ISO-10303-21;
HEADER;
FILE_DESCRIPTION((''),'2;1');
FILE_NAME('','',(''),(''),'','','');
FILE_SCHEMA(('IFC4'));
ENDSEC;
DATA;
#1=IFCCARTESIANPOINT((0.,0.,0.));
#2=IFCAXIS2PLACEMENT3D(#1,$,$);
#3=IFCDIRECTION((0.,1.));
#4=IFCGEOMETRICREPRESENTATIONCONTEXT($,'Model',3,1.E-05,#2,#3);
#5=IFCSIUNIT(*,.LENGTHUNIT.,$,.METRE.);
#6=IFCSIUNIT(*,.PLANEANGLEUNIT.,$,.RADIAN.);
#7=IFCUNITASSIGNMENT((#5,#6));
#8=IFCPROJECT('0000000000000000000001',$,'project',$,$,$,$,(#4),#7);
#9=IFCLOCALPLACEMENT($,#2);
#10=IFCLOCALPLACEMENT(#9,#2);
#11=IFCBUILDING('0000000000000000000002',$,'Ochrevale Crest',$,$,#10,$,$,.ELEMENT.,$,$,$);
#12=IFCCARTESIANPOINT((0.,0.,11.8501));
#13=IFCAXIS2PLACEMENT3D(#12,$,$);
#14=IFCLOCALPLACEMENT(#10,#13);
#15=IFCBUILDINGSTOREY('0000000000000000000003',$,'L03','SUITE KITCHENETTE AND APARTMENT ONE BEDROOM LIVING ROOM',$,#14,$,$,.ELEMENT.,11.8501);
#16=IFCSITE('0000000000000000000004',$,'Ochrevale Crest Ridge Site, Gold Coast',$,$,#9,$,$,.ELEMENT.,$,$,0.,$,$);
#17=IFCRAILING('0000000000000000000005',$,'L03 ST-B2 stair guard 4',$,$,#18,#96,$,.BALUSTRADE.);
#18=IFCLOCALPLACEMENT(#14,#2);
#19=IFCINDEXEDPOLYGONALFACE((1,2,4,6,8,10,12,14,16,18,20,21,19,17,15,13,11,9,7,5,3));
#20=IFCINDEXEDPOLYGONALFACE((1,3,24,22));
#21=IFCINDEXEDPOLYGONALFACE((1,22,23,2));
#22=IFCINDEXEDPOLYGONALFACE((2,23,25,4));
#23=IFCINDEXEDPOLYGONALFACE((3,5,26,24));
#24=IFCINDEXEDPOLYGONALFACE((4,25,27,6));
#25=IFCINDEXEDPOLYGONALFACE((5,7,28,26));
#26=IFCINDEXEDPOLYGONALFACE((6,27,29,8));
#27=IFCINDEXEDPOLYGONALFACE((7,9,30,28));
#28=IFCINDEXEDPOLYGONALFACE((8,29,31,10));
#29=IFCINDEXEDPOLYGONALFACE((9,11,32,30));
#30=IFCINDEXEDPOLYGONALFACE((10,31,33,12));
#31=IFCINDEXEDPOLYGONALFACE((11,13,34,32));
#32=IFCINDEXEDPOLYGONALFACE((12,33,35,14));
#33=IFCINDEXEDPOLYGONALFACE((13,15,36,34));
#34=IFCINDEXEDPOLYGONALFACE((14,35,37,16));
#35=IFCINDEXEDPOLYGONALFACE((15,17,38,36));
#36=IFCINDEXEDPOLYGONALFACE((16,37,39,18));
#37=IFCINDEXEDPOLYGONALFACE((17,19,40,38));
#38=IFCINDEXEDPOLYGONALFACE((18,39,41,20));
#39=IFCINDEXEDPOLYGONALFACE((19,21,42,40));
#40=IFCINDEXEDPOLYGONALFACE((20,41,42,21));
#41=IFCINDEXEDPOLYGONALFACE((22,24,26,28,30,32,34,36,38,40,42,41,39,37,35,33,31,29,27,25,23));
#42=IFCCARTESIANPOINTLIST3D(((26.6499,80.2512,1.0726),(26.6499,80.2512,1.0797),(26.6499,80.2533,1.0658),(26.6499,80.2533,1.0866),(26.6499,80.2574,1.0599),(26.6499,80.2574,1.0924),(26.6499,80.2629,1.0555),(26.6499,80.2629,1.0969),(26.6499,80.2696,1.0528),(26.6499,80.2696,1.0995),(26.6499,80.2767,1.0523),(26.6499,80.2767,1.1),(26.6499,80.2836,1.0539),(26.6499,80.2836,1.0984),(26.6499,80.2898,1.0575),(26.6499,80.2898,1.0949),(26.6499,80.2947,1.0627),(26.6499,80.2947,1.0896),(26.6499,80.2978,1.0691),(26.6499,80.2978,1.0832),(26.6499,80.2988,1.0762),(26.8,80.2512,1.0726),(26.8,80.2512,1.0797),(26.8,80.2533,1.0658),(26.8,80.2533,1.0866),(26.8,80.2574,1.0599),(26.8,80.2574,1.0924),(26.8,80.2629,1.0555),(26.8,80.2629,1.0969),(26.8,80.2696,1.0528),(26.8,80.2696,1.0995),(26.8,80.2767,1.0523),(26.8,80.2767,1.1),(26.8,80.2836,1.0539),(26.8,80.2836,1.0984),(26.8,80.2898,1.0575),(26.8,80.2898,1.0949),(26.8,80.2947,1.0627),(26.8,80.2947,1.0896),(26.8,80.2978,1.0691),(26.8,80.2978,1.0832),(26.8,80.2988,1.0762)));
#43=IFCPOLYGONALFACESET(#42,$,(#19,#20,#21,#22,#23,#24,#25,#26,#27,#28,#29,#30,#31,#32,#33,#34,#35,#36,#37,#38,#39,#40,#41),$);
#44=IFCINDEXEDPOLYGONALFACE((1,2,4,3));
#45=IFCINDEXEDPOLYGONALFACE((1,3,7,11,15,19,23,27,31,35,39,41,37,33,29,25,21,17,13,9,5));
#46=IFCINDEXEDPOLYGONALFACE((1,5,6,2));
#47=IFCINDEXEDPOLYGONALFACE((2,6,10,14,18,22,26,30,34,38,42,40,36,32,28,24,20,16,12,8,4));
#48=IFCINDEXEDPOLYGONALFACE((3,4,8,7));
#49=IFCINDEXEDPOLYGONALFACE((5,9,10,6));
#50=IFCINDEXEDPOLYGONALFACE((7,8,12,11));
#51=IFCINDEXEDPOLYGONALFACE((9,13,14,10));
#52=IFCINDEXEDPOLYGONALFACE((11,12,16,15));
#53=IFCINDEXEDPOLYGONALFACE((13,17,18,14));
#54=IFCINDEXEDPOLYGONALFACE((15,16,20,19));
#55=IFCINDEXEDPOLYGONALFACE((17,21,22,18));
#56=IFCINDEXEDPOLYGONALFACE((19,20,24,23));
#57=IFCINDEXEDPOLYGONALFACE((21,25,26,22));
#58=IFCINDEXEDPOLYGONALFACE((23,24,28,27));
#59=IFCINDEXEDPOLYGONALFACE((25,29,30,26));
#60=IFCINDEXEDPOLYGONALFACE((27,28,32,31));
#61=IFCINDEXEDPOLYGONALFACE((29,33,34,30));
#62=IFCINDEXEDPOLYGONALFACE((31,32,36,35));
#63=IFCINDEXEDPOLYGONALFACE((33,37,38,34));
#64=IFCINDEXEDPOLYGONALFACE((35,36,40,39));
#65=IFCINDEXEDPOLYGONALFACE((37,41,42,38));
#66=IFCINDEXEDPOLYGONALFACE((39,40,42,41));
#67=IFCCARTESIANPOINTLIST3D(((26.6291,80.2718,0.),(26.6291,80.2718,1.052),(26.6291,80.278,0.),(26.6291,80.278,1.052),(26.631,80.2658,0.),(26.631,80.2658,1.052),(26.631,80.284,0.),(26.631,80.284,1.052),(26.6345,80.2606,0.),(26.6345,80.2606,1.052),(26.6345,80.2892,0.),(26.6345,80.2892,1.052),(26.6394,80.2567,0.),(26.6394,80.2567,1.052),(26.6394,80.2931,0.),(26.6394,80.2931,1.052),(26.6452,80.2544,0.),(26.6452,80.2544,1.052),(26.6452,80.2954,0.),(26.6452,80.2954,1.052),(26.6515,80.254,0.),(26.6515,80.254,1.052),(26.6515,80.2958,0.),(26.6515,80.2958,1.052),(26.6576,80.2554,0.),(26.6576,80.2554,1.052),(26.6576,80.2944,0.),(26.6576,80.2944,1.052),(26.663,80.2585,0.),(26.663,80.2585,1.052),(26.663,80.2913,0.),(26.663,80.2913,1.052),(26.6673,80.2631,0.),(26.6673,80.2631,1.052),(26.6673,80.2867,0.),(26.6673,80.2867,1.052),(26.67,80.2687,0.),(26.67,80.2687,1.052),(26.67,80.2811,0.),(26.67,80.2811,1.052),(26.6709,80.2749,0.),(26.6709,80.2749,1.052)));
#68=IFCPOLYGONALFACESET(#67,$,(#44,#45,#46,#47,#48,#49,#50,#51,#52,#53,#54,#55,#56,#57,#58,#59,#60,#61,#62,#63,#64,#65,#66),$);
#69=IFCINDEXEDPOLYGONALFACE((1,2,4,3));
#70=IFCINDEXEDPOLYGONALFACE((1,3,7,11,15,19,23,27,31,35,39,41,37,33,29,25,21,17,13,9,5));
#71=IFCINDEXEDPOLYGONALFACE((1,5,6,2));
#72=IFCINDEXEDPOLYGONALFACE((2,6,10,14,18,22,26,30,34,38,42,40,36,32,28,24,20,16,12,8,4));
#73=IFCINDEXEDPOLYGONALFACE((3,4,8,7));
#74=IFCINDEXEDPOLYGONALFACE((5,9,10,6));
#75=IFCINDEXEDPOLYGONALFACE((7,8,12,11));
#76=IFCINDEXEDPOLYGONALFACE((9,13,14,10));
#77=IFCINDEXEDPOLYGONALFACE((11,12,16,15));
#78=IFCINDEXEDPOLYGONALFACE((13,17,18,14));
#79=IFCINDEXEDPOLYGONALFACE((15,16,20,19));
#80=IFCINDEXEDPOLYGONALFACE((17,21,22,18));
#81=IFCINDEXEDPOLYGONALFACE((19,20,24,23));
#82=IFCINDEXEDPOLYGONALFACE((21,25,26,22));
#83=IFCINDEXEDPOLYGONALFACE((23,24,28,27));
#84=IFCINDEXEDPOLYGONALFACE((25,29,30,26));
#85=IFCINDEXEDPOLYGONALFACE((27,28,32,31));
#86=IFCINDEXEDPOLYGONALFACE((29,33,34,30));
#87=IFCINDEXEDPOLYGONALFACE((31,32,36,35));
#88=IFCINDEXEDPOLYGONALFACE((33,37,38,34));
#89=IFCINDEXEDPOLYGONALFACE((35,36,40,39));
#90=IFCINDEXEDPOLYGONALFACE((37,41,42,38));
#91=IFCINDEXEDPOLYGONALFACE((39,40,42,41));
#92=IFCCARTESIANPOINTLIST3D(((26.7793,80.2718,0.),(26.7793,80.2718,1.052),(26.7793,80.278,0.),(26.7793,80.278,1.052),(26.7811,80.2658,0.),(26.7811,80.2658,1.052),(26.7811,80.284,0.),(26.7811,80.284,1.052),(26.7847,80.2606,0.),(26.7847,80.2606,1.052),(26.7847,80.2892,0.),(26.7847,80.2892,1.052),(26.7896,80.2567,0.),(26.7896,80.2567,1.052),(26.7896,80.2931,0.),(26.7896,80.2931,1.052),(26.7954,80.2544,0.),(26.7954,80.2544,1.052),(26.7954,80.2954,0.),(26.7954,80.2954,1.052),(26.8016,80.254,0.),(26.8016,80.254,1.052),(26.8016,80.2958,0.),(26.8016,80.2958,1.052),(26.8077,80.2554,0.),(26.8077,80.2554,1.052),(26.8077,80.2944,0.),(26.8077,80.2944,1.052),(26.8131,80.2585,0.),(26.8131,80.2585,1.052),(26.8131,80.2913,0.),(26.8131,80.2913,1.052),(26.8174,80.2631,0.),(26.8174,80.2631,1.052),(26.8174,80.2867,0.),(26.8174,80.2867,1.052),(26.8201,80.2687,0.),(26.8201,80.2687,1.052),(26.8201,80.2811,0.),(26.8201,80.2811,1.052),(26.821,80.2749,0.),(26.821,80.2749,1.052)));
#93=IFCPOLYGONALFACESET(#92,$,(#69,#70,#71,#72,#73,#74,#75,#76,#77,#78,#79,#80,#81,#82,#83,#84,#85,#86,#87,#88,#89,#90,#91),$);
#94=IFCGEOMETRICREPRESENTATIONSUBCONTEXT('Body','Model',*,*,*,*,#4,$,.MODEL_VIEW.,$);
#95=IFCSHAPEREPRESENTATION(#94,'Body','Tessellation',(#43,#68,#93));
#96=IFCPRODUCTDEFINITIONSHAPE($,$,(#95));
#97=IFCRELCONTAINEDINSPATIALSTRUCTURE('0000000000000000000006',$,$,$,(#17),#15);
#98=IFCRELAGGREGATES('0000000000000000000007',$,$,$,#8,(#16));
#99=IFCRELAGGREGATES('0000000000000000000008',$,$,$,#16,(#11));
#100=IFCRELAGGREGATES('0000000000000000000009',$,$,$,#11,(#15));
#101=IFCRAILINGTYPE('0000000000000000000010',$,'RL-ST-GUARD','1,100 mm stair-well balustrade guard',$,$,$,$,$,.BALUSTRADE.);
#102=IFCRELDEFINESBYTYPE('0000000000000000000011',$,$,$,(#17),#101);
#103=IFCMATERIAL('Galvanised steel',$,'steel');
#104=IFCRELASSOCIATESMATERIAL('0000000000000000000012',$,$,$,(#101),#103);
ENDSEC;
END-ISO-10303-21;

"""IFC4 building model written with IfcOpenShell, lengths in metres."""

from ifc_helpers import new_model, si_unit, direction, frame, origin, origin_2d, place, context, subcontext, project, spatial, circle, extrude, material, type_object, element, save


model = new_model("IFC4")

# Units and contexts
model_context = context("Model", 3, precision=1e-05, world=origin(), true_north=direction((0.0, 1.0)))
body_context = subcontext(model_context, "Body", "Model", "MODEL_VIEW")
ifc_project = project(units=[si_unit("LENGTHUNIT", "METRE"), si_unit("PLANEANGLEUNIT", "RADIAN")], contexts=[model_context])

# Site, building, storey
site_placement = place(None, origin())
site = spatial("IfcSite", under=ifc_project, at=site_placement, Name="Ochrevale Crest Ridge Site, Gold Coast", CompositionType="ELEMENT", RefElevation=0.0)
building_placement = place(site_placement, origin())
building = spatial("IfcBuilding", under=site, at=building_placement, Name="Ochrevale Crest", CompositionType="ELEMENT")
storey_placement = place(building_placement, frame((0.0, 0.0, 11.8501)))
storey = spatial("IfcBuildingStorey", under=building, at=storey_placement, Name="L03", Description="SUITE KITCHENETTE AND APARTMENT ONE BEDROOM LIVING ROOM", CompositionType="ELEMENT", Elevation=11.8501)

# Railing
ifc_material_1 = material(Name="Galvanised steel", Category="steel")
railing_type_1 = type_object("IfcRailingType", Name="RL-ST-GUARD", Description="1,100 mm stair-well balustrade guard", PredefinedType="BALUSTRADE", material=ifc_material_1)
railing_1_placement = place(storey_placement, frame((26.6499, 80.2749, 0.0)))
element("IfcRailing", 1, at=railing_1_placement, inside=storey, type_object=railing_type_1, Name="L03 ST-B2 stair guard 4", PredefinedType="BALUSTRADE", context=body_context, shape_type="SweptSolid", body=[
    extrude(circle(Radius=0.0239, at=origin_2d()), frame((0.0, 0.0, 1.0762), z_axis=(1.0, 0.0, 0.0), x_axis=(0.0, 1.0, 0.0)), (0.0, 0.0, 1.0), 0.1501),
    extrude(circle(Radius=0.021, at=origin_2d()), origin(), (0.0, 0.0, 1.0), 1.052),
    extrude(circle(Radius=0.021, at=origin_2d()), frame((0.1501, 0.0, 0.0)), (0.0, 0.0, 1.0), 1.052),
])

save(model, "model.ifc")
